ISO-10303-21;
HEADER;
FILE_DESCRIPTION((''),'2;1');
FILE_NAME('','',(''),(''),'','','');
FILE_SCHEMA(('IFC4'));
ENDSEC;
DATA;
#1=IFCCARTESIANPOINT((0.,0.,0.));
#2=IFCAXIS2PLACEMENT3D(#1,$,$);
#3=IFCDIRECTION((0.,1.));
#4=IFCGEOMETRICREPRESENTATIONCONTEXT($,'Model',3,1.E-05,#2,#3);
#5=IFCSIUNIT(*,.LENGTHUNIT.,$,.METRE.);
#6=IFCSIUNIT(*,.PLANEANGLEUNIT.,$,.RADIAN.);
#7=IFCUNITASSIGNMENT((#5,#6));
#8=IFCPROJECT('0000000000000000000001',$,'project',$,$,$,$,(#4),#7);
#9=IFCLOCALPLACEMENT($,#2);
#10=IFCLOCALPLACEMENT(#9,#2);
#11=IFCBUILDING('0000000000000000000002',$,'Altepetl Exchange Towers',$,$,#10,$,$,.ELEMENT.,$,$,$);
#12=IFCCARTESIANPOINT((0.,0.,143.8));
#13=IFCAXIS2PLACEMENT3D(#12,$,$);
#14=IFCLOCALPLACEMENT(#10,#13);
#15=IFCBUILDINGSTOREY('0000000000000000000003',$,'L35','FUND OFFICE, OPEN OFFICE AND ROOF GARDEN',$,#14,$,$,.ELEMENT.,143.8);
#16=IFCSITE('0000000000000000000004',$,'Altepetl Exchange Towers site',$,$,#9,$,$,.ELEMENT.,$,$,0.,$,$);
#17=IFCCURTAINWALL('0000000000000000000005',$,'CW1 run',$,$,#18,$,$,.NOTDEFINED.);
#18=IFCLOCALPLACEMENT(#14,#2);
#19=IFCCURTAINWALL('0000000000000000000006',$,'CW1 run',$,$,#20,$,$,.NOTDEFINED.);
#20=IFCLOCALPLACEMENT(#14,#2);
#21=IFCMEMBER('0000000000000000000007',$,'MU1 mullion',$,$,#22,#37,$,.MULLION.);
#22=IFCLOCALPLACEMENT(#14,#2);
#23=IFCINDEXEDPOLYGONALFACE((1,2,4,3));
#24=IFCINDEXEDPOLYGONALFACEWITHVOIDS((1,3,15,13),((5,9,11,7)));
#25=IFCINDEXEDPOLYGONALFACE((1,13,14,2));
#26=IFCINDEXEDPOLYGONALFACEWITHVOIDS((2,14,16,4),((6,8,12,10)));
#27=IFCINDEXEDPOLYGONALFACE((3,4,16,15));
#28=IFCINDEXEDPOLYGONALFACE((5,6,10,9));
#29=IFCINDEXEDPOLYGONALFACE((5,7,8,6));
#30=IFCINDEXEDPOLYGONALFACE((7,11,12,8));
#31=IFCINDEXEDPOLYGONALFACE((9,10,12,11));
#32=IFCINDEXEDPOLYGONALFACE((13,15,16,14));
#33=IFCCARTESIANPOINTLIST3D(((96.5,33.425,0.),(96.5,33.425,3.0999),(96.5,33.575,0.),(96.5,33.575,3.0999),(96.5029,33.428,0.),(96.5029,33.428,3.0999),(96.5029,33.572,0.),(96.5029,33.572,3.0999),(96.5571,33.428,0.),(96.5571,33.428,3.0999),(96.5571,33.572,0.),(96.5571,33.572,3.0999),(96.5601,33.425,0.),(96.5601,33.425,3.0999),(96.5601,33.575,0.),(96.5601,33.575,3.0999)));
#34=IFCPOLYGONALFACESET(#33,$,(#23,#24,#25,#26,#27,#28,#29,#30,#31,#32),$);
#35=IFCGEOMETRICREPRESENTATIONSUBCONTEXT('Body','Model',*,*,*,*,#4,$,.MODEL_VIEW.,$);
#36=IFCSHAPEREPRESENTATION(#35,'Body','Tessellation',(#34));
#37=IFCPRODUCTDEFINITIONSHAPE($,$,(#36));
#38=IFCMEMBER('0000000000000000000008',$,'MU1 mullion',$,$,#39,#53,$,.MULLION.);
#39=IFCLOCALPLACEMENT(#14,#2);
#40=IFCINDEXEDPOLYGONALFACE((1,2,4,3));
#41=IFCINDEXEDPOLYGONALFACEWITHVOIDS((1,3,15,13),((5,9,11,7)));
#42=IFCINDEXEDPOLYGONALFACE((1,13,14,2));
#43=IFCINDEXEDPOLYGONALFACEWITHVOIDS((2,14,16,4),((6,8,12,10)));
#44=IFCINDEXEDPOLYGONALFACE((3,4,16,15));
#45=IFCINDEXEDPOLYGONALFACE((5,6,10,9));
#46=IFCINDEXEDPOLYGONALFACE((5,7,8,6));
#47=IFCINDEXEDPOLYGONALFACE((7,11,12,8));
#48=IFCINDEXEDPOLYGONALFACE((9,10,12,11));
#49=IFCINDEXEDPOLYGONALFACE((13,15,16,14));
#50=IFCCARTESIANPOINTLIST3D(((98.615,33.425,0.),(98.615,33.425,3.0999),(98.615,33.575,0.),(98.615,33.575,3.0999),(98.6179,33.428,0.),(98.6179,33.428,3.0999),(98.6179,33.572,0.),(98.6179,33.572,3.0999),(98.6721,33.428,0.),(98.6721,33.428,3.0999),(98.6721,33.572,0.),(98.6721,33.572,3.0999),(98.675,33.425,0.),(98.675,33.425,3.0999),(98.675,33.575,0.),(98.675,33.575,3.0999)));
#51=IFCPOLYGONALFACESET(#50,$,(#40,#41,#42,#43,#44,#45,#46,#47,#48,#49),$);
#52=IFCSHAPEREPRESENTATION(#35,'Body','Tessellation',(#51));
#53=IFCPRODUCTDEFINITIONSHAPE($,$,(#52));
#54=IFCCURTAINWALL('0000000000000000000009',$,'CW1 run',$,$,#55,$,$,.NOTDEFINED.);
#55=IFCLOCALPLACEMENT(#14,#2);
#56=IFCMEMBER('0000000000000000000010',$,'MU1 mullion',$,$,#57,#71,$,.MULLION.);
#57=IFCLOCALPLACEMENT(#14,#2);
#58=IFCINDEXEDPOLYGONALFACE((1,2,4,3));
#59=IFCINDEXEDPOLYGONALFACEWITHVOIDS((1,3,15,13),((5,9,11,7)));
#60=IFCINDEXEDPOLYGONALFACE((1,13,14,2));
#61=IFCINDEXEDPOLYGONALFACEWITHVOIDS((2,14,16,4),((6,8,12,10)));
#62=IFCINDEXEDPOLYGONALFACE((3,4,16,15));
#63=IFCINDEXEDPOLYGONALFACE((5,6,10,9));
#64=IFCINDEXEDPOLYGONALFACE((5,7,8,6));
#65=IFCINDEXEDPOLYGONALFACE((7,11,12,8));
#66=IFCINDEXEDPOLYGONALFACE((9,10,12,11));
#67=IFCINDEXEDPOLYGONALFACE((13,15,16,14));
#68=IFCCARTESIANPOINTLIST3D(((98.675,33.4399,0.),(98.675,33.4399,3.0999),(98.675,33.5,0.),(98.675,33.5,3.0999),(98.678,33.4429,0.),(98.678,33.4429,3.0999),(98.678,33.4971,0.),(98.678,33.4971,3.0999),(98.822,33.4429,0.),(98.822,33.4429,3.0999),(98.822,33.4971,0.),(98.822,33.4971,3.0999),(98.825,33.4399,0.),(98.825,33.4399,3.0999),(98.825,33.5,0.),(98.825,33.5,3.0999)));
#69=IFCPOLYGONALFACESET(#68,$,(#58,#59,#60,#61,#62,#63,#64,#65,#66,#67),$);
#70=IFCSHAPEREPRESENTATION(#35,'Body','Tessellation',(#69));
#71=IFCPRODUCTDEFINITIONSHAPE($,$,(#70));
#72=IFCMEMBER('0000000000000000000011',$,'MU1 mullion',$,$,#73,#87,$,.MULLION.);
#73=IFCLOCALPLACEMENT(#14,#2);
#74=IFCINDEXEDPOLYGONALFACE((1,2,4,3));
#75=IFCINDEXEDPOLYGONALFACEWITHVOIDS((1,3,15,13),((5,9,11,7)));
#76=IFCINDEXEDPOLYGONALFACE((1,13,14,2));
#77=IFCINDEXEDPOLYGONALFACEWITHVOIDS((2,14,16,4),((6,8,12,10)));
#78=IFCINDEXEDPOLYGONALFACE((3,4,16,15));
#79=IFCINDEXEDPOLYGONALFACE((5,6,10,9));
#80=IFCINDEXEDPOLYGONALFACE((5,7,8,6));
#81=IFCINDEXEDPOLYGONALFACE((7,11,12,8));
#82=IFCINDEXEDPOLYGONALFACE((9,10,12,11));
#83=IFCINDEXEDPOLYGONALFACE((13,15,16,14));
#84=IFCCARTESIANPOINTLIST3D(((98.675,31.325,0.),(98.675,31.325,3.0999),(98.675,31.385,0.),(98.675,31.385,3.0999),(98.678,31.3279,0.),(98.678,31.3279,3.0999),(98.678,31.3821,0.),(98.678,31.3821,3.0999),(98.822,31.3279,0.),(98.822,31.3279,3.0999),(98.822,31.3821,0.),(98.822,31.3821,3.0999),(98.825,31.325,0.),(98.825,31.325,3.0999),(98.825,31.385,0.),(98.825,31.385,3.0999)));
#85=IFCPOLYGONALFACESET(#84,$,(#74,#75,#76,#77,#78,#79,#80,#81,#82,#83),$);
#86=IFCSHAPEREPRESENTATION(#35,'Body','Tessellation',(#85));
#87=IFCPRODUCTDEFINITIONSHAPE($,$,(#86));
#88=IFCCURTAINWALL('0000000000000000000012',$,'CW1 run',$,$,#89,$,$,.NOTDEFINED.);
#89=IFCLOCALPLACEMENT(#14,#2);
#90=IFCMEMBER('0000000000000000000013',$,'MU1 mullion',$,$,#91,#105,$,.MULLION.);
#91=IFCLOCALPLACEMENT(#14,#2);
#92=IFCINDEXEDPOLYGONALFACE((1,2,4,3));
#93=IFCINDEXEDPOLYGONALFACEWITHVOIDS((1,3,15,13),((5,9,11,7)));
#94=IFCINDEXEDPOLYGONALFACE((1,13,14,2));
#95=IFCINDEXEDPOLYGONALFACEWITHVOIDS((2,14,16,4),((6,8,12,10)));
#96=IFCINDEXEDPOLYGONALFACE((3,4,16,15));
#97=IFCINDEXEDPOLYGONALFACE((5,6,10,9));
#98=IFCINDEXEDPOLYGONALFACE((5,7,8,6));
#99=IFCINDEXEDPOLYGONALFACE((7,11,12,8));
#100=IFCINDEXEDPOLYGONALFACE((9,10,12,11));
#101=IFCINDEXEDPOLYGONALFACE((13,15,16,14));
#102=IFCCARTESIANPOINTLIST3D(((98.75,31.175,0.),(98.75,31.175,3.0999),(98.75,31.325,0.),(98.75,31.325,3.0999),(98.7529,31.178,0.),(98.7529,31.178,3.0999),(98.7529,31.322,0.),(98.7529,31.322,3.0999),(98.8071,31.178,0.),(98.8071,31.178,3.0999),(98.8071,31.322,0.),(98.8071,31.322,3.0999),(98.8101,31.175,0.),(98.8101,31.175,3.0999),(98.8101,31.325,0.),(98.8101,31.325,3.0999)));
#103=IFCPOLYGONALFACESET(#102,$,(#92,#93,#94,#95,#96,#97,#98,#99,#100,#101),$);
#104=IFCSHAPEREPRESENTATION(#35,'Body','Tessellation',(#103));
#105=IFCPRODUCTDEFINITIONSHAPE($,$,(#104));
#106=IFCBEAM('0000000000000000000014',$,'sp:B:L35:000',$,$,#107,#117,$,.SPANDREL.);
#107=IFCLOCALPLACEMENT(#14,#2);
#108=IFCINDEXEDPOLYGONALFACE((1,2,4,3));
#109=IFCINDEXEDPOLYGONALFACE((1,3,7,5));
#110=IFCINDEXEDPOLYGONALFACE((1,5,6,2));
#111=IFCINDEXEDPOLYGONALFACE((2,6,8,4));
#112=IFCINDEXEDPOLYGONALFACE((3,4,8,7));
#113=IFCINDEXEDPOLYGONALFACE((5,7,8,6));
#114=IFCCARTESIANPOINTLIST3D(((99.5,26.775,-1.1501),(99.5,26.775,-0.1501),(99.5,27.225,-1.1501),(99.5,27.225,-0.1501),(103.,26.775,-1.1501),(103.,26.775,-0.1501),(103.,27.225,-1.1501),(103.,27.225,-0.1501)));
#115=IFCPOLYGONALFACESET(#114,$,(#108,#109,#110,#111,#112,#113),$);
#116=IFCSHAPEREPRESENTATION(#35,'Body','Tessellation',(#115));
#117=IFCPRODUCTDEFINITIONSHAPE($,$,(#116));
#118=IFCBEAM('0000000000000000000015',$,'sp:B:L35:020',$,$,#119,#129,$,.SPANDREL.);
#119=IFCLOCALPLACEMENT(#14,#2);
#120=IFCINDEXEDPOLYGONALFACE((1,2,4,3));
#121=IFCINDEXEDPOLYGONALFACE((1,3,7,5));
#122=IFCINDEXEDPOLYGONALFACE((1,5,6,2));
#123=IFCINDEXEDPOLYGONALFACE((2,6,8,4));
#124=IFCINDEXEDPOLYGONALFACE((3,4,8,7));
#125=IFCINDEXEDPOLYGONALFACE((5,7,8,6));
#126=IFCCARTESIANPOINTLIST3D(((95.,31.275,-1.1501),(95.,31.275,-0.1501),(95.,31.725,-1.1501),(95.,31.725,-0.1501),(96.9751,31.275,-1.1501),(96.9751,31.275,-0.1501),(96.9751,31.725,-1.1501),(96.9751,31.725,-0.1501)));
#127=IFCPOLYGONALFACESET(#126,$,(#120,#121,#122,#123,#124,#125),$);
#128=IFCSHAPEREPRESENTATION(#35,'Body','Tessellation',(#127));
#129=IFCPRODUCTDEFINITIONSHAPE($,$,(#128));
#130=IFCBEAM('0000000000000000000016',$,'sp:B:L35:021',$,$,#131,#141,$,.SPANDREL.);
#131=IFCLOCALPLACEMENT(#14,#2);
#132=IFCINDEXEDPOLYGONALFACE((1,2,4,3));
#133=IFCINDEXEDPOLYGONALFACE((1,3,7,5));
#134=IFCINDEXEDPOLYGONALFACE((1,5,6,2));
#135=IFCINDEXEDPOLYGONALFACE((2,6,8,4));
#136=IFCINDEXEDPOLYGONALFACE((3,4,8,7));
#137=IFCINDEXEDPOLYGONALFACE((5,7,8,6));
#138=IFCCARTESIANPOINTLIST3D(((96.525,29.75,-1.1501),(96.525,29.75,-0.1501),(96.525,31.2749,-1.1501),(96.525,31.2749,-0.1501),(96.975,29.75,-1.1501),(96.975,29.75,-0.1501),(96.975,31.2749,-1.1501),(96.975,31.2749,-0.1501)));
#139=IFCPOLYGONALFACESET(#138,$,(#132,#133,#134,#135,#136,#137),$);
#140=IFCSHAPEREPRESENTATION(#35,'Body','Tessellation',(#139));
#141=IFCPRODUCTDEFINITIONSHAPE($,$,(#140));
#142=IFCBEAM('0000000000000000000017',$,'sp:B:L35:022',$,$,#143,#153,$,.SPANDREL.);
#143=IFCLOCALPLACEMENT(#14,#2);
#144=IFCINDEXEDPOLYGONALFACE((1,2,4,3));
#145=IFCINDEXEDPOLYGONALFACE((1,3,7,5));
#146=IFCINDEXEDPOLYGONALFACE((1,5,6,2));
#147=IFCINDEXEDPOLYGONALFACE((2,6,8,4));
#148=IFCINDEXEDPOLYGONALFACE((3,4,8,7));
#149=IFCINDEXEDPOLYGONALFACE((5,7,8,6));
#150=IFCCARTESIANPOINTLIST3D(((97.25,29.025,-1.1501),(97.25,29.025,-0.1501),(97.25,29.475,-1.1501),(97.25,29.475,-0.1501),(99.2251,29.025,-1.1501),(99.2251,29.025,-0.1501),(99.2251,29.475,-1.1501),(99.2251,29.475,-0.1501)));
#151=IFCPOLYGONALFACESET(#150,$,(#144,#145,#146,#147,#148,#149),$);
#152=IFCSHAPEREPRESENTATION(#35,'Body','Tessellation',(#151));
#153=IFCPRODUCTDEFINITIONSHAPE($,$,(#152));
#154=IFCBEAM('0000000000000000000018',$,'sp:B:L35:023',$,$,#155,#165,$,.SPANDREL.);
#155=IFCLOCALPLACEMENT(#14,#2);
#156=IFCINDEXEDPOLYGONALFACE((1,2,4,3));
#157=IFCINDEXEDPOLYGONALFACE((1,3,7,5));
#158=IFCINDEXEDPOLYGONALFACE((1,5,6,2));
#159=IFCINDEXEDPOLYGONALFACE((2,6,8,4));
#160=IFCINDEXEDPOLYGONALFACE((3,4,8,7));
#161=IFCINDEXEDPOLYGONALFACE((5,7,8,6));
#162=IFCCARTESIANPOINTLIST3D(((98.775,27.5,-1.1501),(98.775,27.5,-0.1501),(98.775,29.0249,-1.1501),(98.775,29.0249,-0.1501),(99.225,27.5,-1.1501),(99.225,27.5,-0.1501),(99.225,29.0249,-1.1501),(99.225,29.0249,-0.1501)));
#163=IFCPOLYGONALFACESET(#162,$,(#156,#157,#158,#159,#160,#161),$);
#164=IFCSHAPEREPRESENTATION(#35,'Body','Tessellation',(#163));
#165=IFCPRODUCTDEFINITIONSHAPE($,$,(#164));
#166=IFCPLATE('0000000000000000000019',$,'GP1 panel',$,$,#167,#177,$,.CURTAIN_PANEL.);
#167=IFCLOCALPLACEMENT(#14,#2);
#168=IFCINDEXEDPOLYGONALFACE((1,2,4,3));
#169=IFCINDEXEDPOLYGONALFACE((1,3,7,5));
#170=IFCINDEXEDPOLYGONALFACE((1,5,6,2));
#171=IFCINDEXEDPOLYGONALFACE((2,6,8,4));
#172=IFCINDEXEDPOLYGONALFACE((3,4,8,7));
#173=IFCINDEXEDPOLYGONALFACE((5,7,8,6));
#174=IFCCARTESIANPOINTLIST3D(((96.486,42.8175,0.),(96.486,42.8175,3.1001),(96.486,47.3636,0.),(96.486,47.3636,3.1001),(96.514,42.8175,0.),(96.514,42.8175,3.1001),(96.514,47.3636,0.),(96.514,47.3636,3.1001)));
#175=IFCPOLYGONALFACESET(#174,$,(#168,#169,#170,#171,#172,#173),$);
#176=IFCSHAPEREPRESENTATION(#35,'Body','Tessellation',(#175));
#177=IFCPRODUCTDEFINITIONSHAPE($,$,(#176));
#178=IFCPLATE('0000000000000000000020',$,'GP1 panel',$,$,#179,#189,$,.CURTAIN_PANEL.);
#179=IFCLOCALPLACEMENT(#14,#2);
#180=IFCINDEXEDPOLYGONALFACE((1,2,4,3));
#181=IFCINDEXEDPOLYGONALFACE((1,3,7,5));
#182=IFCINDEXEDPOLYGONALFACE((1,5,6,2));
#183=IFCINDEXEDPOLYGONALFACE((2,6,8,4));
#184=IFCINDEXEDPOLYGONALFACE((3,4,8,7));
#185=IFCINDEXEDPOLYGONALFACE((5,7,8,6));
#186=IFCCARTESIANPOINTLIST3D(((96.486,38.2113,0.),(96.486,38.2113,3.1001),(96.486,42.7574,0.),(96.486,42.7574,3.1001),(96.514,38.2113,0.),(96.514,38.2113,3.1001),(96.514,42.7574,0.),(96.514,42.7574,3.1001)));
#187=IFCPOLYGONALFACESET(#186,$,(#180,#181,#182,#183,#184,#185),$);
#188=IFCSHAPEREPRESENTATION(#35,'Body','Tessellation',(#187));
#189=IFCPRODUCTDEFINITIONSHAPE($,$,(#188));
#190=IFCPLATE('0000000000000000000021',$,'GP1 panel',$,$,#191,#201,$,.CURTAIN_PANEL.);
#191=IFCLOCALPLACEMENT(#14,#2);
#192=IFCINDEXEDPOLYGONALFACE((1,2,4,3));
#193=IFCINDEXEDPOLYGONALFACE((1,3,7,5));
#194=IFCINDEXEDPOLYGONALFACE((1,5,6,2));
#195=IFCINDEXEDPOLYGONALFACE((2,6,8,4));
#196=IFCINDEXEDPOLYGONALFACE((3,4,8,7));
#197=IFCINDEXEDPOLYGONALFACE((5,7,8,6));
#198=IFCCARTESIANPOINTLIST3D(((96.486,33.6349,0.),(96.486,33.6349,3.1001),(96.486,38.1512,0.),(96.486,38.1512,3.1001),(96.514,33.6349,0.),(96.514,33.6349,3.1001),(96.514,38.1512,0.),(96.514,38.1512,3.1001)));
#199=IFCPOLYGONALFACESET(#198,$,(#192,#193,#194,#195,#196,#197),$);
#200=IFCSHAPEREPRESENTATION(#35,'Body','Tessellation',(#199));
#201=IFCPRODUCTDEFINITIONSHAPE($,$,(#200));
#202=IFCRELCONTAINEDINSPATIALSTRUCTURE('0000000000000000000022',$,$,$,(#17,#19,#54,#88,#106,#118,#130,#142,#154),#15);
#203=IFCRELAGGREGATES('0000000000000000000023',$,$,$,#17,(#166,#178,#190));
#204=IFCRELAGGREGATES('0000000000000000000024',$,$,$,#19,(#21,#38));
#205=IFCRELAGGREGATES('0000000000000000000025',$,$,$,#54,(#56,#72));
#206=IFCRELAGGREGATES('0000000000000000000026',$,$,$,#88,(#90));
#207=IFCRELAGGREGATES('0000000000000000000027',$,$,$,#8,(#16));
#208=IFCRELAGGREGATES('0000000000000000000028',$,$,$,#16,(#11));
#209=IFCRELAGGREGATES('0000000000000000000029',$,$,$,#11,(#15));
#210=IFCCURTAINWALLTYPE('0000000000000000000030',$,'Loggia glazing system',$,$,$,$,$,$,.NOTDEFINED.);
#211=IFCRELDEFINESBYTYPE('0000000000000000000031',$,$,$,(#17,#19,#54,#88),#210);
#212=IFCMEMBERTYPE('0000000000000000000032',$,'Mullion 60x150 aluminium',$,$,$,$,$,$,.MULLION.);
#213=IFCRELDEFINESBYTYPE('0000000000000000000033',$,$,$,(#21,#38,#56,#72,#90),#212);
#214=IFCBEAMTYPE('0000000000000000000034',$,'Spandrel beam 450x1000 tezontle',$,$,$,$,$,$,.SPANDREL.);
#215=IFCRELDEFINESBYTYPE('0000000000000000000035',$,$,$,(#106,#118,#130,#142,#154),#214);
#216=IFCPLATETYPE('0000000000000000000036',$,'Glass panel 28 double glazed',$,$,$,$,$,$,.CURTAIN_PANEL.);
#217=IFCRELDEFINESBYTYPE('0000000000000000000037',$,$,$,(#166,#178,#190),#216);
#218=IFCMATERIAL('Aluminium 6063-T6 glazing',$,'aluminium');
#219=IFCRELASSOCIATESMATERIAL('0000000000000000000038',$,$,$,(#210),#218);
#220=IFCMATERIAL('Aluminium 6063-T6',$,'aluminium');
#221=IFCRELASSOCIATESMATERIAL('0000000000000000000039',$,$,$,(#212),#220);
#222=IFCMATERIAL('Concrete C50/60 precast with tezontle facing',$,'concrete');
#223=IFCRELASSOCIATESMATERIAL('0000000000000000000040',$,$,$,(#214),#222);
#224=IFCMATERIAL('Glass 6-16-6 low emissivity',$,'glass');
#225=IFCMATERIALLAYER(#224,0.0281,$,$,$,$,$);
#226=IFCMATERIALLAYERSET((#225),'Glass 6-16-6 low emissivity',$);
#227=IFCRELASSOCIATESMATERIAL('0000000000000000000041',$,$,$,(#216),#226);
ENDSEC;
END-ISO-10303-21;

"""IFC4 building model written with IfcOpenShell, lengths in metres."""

from ifc_helpers import new_model, si_unit, direction, frame, origin, origin_2d, place, context, subcontext, project, spatial, rectangle, hollow_rectangle, extrude, material, layer, layer_set, material_profile, profile_set, type_object, element, aggregate, save


model = new_model("IFC4")

# Units and contexts
model_context = context("Model", 3, precision=1e-05, world=origin(), true_north=direction((0.0, 1.0)))
body_context = subcontext(model_context, "Body", "Model", "MODEL_VIEW")
ifc_project = project(units=[si_unit("LENGTHUNIT", "METRE"), si_unit("PLANEANGLEUNIT", "RADIAN")], contexts=[model_context])

# Site, building, storey
site_placement = place(None, origin())
site = spatial("IfcSite", under=ifc_project, at=site_placement, Name="Altepetl Exchange Towers site", CompositionType="ELEMENT", RefElevation=0.0)
building_placement = place(site_placement, origin())
building = spatial("IfcBuilding", under=site, at=building_placement, Name="Altepetl Exchange Towers", CompositionType="ELEMENT")
storey_placement = place(building_placement, frame((0.0, 0.0, 143.8)))
storey = spatial("IfcBuildingStorey", under=building, at=storey_placement, Name="L35", Description="FUND OFFICE, OPEN OFFICE AND ROOF GARDEN", CompositionType="ELEMENT", Elevation=143.8)

# Curtain walls, members
ifc_material_1 = material(Name="Aluminium 6063-T6 glazing", Category="aluminium")
curtain_wall_type = type_object("IfcCurtainWallType", Name="Loggia glazing system", PredefinedType="NOTDEFINED", material=ifc_material_1)
curtain_wall_1_placement = place(storey_placement, origin())
curtain_wall_1 = element("IfcCurtainWall", 1, at=curtain_wall_1_placement, inside=storey, type_object=curtain_wall_type, Name="CW1 run", PredefinedType="NOTDEFINED")
ifc_material_2 = material(Name="Aluminium 6063-T6", Category="aluminium")
ifc_material_profile_1 = material_profile(ifc_material_2, hollow_rectangle(XDim=0.0601, YDim=0.1499, WallThickness=0.0029, at=origin_2d()), Name="Mullion 60x150 aluminium")
ifc_profile_set_1 = profile_set([ifc_material_profile_1], Name="Aluminium 6063-T6")
member_type = type_object("IfcMemberType", Name="Mullion 60x150 aluminium", PredefinedType="MULLION", material=ifc_profile_set_1)
curtain_wall_2_placement = place(storey_placement, origin())
curtain_wall_2 = element("IfcCurtainWall", 2, at=curtain_wall_2_placement, inside=storey, type_object=curtain_wall_type, Name="CW1 run", PredefinedType="NOTDEFINED")
member_1_placement = place(storey_placement, frame((96.53, 33.5, 0.0)))
member_1 = element("IfcMember", 3, at=member_1_placement, type_object=member_type, Name="MU1 mullion", PredefinedType="MULLION", context=body_context, shape_type="SweptSolid", body=[
    extrude(hollow_rectangle(XDim=0.0601, YDim=0.1499, WallThickness=0.0029, at=origin_2d()), origin(), (0.0, 0.0, 1.0), 3.0999),
])
member_2_placement = place(storey_placement, frame((98.645, 33.5, 0.0)))
member_2 = element("IfcMember", 4, at=member_2_placement, type_object=member_type, Name="MU1 mullion", PredefinedType="MULLION", context=body_context, shape_type="SweptSolid", body=[
    extrude(hollow_rectangle(XDim=0.0601, YDim=0.1499, WallThickness=0.0029, at=origin_2d()), origin(), (0.0, 0.0, 1.0), 3.0999),
])
curtain_wall_3_placement = place(storey_placement, origin())
curtain_wall_3 = element("IfcCurtainWall", 5, at=curtain_wall_3_placement, inside=storey, type_object=curtain_wall_type, Name="CW1 run", PredefinedType="NOTDEFINED")
member_3_placement = place(storey_placement, frame((98.75, 33.47, 0.0), z_axis=(0.0, 0.0, 1.0), x_axis=(0.0, -1.0, 0.0)))
member_3 = element("IfcMember", 6, at=member_3_placement, type_object=member_type, Name="MU1 mullion", PredefinedType="MULLION", context=body_context, shape_type="SweptSolid", body=[
    extrude(hollow_rectangle(XDim=0.0601, YDim=0.1499, WallThickness=0.0029, at=origin_2d()), origin(), (0.0, 0.0, 1.0), 3.0999),
])
member_4_placement = place(storey_placement, frame((98.75, 31.355, 0.0), z_axis=(0.0, 0.0, 1.0), x_axis=(0.0, -1.0, 0.0)))
member_4 = element("IfcMember", 7, at=member_4_placement, type_object=member_type, Name="MU1 mullion", PredefinedType="MULLION", context=body_context, shape_type="SweptSolid", body=[
    extrude(hollow_rectangle(XDim=0.0601, YDim=0.1499, WallThickness=0.0029, at=origin_2d()), origin(), (0.0, 0.0, 1.0), 3.0999),
])

# Curtain wall, member
curtain_wall_4_placement = place(storey_placement, origin())
curtain_wall_4 = element("IfcCurtainWall", 8, at=curtain_wall_4_placement, inside=storey, type_object=curtain_wall_type, Name="CW1 run", PredefinedType="NOTDEFINED")
member_5_placement = place(storey_placement, frame((98.78, 31.25, 0.0)))
member_5 = element("IfcMember", 9, at=member_5_placement, type_object=member_type, Name="MU1 mullion", PredefinedType="MULLION", context=body_context, shape_type="SweptSolid", body=[
    extrude(hollow_rectangle(XDim=0.0601, YDim=0.1499, WallThickness=0.0029, at=origin_2d()), origin(), (0.0, 0.0, 1.0), 3.0999),
])

# Beams
ifc_material_3 = material(Name="Concrete C50/60 precast with tezontle facing", Category="concrete")
ifc_material_profile_2 = material_profile(ifc_material_3, rectangle(XDim=0.45, YDim=1.0, at=origin_2d()), Name="450 x 1000")
ifc_profile_set_2 = profile_set([ifc_material_profile_2], Name="Concrete C50/60 precast with tezontle facing")
beam_type_1 = type_object("IfcBeamType", Name="Spandrel beam 450x1000 tezontle", PredefinedType="SPANDREL", material=ifc_profile_set_2)
beam_1_placement = place(storey_placement, frame((99.5, 27.0, -0.6501), z_axis=(1.0, 0.0, 0.0), x_axis=(0.0, 1.0, 0.0)))
element("IfcBeam", 10, at=beam_1_placement, inside=storey, type_object=beam_type_1, Name="sp:B:L35:000", PredefinedType="SPANDREL", context=body_context, shape_type="SweptSolid", body=[
    extrude(rectangle(XDim=0.45, YDim=1.0, at=origin_2d()), origin(), (0.0, 0.0, 1.0), 3.5),
])
beam_2_placement = place(storey_placement, frame((95.0, 31.5, -0.6501), z_axis=(1.0, 0.0, 0.0), x_axis=(0.0, 1.0, 0.0)))
element("IfcBeam", 11, at=beam_2_placement, inside=storey, type_object=beam_type_1, Name="sp:B:L35:020", PredefinedType="SPANDREL", context=body_context, shape_type="SweptSolid", body=[
    extrude(rectangle(XDim=0.45, YDim=1.0, at=origin_2d()), origin(), (0.0, 0.0, 1.0), 1.9751),
])
beam_3_placement = place(storey_placement, frame((96.75, 31.2749, -0.6501), z_axis=(0.0, -1.0, 0.0), x_axis=(1.0, 0.0, 0.0)))
element("IfcBeam", 12, at=beam_3_placement, inside=storey, type_object=beam_type_1, Name="sp:B:L35:021", PredefinedType="SPANDREL", context=body_context, shape_type="SweptSolid", body=[
    extrude(rectangle(XDim=0.45, YDim=1.0, at=origin_2d()), origin(), (0.0, 0.0, 1.0), 1.5249),
])
beam_4_placement = place(storey_placement, frame((97.25, 29.25, -0.6501), z_axis=(1.0, 0.0, 0.0), x_axis=(0.0, 1.0, 0.0)))
element("IfcBeam", 13, at=beam_4_placement, inside=storey, type_object=beam_type_1, Name="sp:B:L35:022", PredefinedType="SPANDREL", context=body_context, shape_type="SweptSolid", body=[
    extrude(rectangle(XDim=0.45, YDim=1.0, at=origin_2d()), origin(), (0.0, 0.0, 1.0), 1.9751),
])
beam_5_placement = place(storey_placement, frame((99.0, 29.0249, -0.6501), z_axis=(0.0, -1.0, 0.0), x_axis=(1.0, 0.0, 0.0)))
element("IfcBeam", 14, at=beam_5_placement, inside=storey, type_object=beam_type_1, Name="sp:B:L35:023", PredefinedType="SPANDREL", context=body_context, shape_type="SweptSolid", body=[
    extrude(rectangle(XDim=0.45, YDim=1.0, at=origin_2d()), origin(), (0.0, 0.0, 1.0), 1.5249),
])

# Plates
ifc_material_4 = material(Name="Glass 6-16-6 low emissivity", Category="glass")
ifc_layer_1 = layer(ifc_material_4, 0.0281)
ifc_layer_set_1 = layer_set([ifc_layer_1], Name="Glass 6-16-6 low emissivity")
plate_type = type_object("IfcPlateType", Name="Glass panel 28 double glazed", PredefinedType="CURTAIN_PANEL", material=ifc_layer_set_1)
plate_1_placement = place(storey_placement, frame((96.5, 45.0906, 0.0), z_axis=(0.0, 0.0, 1.0), x_axis=(0.0, -1.0, 0.0)))
plate_1 = element("IfcPlate", 15, at=plate_1_placement, type_object=plate_type, Name="GP1 panel", PredefinedType="CURTAIN_PANEL", context=body_context, shape_type="SweptSolid", body=[
    extrude(rectangle(XDim=4.5461, YDim=0.0281, at=origin_2d()), origin(), (0.0, 0.0, 1.0), 3.1001),
])
plate_2_placement = place(storey_placement, frame((96.5, 40.4844, 0.0), z_axis=(0.0, 0.0, 1.0), x_axis=(0.0, -1.0, 0.0)))
plate_2 = element("IfcPlate", 16, at=plate_2_placement, type_object=plate_type, Name="GP1 panel", PredefinedType="CURTAIN_PANEL", context=body_context, shape_type="SweptSolid", body=[
    extrude(rectangle(XDim=4.5461, YDim=0.0281, at=origin_2d()), origin(), (0.0, 0.0, 1.0), 3.1001),
])
plate_3_placement = place(storey_placement, frame((96.5, 35.8931, 0.0), z_axis=(0.0, 0.0, 1.0), x_axis=(0.0, -1.0, 0.0)))
plate_3 = element("IfcPlate", 17, at=plate_3_placement, type_object=plate_type, Name="GP1 panel", PredefinedType="CURTAIN_PANEL", context=body_context, shape_type="SweptSolid", body=[
    extrude(rectangle(XDim=4.5164, YDim=0.0281, at=origin_2d()), origin(), (0.0, 0.0, 1.0), 3.1001),
])
aggregate(curtain_wall_1, [plate_1, plate_2, plate_3])
aggregate(curtain_wall_2, [member_1, member_2])
aggregate(curtain_wall_3, [member_3, member_4])
aggregate(curtain_wall_4, [member_5])

save(model, "model.ifc")
